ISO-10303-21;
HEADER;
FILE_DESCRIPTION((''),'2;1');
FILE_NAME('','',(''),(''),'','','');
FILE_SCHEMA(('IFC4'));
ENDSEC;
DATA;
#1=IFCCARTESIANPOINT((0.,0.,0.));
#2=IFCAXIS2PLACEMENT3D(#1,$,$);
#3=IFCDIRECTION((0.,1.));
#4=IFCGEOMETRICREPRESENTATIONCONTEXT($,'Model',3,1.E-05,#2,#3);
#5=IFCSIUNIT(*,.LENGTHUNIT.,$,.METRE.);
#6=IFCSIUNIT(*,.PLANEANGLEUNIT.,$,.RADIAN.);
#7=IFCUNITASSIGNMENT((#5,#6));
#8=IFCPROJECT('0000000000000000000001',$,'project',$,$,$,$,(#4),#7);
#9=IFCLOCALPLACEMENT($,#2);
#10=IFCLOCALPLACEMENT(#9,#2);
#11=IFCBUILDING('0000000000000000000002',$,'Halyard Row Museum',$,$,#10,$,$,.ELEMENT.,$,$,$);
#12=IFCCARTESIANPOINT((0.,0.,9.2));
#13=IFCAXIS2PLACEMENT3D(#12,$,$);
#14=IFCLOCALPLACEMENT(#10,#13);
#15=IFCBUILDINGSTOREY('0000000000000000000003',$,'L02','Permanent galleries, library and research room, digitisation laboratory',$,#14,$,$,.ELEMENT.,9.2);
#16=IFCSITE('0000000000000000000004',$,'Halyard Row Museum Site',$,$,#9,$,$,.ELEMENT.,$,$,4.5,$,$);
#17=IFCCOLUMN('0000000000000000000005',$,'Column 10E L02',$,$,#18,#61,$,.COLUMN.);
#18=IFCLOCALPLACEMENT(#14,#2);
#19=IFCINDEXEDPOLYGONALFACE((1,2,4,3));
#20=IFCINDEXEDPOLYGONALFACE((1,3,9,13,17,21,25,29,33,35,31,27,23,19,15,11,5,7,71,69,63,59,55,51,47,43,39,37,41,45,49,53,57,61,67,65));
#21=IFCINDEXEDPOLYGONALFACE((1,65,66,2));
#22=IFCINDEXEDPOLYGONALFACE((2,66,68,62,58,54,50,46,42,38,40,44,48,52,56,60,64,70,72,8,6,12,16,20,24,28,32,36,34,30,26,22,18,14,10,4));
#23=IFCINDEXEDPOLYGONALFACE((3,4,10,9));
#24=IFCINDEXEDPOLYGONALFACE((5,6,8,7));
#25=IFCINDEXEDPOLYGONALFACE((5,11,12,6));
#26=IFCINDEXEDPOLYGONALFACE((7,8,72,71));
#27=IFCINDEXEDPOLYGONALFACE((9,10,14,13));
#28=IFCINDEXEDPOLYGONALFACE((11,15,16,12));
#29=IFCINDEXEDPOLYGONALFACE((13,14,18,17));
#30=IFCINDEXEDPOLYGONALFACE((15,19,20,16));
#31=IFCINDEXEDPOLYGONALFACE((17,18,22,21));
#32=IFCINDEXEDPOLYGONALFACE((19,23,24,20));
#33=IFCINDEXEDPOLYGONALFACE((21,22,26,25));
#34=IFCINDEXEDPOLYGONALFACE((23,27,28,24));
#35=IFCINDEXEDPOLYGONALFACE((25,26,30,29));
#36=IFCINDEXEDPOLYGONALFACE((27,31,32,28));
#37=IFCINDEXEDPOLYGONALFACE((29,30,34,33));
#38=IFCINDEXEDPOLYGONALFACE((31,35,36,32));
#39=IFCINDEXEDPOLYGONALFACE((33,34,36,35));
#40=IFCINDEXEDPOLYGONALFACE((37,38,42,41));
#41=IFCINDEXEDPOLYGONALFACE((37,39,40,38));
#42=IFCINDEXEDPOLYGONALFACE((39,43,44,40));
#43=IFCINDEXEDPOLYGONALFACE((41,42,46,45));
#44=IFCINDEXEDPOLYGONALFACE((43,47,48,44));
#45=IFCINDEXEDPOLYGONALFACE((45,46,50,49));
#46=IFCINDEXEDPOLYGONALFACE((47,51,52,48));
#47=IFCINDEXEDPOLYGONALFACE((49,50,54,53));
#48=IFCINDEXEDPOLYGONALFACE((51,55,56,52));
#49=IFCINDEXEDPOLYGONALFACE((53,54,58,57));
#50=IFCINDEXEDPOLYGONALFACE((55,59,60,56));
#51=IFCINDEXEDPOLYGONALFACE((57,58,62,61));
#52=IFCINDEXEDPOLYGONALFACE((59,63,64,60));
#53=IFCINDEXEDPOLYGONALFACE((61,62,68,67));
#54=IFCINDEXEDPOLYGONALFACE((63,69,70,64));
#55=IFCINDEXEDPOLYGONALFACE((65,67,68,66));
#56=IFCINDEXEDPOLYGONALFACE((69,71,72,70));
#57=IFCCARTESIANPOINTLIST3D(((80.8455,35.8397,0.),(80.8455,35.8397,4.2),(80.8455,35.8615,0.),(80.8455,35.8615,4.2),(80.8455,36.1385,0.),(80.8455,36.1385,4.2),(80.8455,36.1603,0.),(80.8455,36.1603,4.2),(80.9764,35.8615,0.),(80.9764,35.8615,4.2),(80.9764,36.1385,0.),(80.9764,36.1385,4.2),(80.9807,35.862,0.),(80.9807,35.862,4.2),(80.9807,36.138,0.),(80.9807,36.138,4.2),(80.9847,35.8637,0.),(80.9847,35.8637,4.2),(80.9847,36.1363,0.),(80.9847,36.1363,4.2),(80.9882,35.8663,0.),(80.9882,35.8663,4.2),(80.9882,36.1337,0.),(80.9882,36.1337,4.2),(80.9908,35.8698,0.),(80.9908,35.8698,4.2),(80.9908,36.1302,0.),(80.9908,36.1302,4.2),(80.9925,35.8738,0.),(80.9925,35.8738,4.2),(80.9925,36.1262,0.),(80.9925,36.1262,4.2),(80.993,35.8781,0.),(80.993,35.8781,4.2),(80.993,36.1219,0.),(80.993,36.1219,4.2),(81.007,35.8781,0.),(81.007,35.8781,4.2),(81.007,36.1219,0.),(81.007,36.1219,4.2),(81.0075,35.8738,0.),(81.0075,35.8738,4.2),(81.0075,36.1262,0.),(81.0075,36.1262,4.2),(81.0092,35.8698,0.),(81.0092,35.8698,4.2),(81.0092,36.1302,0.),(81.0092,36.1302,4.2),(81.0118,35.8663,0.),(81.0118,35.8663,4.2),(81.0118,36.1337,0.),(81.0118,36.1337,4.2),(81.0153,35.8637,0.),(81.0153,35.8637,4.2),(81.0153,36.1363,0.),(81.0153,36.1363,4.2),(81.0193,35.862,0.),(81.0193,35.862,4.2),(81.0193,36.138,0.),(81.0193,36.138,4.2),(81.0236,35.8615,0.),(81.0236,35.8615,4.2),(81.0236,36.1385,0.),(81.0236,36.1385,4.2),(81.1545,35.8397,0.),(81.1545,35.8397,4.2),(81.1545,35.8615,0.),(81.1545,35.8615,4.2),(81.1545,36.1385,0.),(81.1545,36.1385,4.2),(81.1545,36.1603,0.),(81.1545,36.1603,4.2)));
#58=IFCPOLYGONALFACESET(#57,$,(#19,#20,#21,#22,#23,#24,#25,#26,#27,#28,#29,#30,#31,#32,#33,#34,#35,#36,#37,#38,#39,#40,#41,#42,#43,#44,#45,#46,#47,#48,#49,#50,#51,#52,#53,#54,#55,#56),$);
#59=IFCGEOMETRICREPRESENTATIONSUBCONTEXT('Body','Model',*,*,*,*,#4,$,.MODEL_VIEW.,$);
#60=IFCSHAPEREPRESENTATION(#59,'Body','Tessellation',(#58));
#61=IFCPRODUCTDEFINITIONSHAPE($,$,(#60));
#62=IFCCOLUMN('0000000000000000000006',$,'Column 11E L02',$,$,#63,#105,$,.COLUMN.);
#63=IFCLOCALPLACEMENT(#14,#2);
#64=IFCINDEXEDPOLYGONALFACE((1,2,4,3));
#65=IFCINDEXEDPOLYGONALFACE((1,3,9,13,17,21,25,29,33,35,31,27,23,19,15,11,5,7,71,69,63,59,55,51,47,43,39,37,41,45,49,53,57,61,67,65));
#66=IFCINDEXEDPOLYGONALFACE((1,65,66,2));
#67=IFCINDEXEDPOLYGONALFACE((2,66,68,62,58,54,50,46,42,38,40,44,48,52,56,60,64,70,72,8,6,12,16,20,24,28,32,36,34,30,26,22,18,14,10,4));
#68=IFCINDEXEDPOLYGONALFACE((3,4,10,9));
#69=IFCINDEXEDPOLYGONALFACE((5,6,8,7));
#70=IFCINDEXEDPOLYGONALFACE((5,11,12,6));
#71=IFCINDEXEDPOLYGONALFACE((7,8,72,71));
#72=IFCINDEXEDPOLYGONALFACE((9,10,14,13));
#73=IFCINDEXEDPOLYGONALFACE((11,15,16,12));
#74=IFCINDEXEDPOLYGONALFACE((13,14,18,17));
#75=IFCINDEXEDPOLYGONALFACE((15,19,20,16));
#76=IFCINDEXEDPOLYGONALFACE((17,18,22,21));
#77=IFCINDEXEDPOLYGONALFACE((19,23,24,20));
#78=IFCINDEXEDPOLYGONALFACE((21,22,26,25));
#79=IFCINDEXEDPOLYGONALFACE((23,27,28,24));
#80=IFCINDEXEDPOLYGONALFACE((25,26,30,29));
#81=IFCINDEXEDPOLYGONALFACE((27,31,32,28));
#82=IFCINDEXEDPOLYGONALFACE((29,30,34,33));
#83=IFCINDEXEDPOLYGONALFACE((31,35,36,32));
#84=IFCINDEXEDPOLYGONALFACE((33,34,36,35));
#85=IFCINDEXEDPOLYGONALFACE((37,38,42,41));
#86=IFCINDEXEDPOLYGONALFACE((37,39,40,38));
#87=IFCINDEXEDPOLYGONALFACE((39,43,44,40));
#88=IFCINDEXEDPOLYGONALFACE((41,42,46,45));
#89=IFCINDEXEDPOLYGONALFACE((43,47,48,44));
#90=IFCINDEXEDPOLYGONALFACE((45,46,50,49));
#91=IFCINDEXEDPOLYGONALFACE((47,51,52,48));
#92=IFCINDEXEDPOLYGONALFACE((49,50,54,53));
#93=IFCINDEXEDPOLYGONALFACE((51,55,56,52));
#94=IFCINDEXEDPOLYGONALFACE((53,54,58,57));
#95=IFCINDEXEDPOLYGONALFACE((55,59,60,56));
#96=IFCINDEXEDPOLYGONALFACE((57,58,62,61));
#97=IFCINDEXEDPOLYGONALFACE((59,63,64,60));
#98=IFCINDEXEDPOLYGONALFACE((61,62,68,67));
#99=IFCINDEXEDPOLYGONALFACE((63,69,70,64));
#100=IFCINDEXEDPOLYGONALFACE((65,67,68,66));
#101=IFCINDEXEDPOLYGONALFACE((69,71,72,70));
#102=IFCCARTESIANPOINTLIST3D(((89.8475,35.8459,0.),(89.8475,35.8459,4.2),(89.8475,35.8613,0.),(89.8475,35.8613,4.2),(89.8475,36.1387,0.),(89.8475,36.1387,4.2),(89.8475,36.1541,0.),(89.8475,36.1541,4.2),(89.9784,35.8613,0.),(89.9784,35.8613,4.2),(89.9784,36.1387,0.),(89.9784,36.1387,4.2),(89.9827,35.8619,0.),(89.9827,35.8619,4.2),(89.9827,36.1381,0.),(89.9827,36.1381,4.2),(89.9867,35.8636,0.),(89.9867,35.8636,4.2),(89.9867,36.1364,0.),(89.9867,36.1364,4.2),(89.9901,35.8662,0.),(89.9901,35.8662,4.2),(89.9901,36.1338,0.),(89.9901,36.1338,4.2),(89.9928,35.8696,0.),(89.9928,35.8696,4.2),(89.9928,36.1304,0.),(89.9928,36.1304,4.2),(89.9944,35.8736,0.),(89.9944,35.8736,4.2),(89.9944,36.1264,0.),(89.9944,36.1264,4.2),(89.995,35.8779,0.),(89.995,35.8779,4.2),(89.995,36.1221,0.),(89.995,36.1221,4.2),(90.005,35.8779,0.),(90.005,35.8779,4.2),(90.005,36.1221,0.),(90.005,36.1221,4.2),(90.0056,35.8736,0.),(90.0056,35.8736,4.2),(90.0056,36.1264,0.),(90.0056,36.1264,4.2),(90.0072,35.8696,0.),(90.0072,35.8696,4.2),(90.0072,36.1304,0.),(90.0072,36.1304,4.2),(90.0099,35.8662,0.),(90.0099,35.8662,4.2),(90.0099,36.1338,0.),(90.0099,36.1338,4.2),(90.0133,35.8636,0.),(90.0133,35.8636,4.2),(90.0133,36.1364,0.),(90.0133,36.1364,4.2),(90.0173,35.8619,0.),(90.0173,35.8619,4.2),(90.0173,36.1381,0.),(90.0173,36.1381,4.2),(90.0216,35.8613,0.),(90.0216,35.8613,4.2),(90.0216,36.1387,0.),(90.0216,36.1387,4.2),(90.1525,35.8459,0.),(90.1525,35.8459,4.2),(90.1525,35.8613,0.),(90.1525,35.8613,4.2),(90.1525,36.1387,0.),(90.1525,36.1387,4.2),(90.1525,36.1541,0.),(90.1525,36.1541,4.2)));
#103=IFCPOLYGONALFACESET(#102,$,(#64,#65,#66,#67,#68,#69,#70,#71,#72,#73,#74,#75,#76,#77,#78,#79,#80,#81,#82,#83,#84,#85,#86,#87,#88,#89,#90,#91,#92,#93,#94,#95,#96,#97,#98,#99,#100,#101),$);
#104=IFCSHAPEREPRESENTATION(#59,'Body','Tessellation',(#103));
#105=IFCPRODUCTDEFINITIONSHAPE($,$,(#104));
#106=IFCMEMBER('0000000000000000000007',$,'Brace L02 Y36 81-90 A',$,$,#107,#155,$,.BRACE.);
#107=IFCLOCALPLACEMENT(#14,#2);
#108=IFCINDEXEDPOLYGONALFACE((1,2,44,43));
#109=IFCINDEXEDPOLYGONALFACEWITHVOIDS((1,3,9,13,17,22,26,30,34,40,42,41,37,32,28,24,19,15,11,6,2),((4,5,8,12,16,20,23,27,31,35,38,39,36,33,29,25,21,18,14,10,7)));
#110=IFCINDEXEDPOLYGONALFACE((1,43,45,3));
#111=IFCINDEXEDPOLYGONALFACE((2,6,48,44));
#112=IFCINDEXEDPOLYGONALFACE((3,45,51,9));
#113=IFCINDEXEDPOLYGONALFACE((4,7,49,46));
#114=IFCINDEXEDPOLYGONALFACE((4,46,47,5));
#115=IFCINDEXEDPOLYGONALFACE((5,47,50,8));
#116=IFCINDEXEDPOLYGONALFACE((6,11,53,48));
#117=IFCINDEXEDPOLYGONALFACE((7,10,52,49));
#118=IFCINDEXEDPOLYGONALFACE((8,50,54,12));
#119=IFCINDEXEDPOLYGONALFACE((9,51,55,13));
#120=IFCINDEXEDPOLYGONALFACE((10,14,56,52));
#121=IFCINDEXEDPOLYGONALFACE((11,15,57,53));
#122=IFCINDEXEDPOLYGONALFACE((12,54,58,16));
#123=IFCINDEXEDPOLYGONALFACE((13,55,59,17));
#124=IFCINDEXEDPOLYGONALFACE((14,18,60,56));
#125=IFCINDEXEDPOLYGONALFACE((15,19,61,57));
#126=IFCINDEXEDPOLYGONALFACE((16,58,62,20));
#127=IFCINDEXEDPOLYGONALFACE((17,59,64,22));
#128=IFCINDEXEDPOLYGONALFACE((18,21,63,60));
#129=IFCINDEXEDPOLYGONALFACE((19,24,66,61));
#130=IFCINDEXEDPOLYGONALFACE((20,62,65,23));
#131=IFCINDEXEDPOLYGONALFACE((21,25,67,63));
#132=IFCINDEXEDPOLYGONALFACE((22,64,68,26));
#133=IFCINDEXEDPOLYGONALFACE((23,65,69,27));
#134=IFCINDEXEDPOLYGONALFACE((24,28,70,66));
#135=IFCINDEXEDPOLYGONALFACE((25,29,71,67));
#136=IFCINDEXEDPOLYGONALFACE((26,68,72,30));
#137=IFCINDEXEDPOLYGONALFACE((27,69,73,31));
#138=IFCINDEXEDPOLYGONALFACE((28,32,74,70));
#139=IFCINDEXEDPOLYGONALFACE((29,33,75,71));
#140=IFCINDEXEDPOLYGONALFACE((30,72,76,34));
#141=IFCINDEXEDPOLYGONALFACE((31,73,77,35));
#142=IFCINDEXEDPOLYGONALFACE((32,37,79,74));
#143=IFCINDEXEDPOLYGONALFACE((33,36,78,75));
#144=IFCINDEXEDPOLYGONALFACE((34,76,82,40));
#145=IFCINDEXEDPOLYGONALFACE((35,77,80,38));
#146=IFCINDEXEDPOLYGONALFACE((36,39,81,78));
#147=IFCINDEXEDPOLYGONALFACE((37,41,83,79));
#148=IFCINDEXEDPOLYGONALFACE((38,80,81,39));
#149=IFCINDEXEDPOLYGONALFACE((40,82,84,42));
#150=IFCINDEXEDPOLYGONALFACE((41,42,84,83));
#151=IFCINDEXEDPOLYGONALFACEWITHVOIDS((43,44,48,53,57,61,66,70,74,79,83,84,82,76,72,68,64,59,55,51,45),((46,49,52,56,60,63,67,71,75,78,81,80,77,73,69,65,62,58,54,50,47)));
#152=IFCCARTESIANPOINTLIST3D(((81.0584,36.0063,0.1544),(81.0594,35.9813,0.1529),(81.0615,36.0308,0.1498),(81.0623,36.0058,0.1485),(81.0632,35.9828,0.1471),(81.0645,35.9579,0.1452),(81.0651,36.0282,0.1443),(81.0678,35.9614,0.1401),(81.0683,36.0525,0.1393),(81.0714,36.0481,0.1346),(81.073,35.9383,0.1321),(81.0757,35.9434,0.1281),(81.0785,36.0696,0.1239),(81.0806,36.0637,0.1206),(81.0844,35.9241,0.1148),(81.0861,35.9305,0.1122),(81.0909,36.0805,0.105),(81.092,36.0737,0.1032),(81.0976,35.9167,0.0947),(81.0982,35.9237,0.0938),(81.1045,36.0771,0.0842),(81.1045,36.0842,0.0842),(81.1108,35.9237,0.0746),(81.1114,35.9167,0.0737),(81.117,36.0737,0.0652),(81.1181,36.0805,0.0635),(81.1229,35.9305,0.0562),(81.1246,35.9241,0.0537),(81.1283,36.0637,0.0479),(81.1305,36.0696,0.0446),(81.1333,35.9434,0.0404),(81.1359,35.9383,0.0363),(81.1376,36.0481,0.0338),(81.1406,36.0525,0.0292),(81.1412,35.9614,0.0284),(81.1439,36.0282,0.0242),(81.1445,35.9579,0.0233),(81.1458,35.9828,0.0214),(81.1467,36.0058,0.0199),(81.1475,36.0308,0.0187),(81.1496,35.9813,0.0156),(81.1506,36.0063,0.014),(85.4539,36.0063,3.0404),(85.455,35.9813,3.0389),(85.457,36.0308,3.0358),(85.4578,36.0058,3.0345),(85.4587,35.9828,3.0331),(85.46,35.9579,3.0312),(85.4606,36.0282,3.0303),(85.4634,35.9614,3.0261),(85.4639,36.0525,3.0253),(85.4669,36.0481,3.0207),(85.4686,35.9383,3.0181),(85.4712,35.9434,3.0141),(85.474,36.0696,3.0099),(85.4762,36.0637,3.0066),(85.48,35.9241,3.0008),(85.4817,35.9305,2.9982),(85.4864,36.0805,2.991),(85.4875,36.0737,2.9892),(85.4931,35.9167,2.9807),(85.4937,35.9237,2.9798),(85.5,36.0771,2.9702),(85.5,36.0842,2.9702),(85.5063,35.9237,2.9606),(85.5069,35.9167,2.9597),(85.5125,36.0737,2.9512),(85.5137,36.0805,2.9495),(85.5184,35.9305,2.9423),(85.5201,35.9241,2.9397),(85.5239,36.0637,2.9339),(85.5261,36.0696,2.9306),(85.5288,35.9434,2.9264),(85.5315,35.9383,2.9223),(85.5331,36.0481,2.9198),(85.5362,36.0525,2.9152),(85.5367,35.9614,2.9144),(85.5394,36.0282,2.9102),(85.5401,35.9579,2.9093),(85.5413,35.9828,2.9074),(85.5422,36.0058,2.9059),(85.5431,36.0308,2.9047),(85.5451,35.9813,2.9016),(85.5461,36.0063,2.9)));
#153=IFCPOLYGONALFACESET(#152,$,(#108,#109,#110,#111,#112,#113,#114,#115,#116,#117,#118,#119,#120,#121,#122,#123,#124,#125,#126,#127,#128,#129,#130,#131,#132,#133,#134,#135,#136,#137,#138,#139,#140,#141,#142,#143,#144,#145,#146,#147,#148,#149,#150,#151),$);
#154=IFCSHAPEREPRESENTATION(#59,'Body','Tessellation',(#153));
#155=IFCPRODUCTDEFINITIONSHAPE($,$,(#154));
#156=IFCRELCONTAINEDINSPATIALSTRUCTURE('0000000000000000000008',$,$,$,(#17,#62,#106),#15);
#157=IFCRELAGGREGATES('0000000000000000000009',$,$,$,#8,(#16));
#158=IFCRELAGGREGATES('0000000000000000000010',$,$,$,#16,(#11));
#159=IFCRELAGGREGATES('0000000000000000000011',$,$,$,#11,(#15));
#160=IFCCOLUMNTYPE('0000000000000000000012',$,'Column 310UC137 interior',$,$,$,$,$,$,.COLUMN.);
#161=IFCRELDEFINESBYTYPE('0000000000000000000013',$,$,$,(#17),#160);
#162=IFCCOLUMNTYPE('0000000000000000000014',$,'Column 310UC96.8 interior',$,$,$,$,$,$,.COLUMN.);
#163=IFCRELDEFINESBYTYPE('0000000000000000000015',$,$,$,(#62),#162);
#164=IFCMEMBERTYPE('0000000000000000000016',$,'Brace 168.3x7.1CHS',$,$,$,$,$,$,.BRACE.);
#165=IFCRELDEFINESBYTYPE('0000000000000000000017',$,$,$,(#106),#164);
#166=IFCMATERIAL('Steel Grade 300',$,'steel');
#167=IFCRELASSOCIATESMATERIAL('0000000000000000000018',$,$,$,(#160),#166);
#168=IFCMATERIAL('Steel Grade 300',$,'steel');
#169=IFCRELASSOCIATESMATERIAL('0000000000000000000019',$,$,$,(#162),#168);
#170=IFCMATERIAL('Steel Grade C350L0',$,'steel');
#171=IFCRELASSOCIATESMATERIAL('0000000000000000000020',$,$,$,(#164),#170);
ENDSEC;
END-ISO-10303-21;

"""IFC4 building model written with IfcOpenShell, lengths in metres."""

from ifc_helpers import new_model, si_unit, direction, frame, origin, origin_2d, place, context, subcontext, project, spatial, hollow_circle, i_section, extrude, material, material_profile, profile_set, type_object, element, save


model = new_model("IFC4")

# Units and contexts
model_context = context("Model", 3, precision=1e-05, world=origin(), true_north=direction((0.0, 1.0)))
body_context = subcontext(model_context, "Body", "Model", "MODEL_VIEW")
ifc_project = project(units=[si_unit("LENGTHUNIT", "METRE"), si_unit("PLANEANGLEUNIT", "RADIAN")], contexts=[model_context])

# Site, building, storey
site_placement = place(None, origin())
site = spatial("IfcSite", under=ifc_project, at=site_placement, Name="Halyard Row Museum Site", CompositionType="ELEMENT", RefElevation=4.5)
building_placement = place(site_placement, origin())
building = spatial("IfcBuilding", under=site, at=building_placement, Name="Halyard Row Museum", CompositionType="ELEMENT")
storey_placement = place(building_placement, frame((0.0, 0.0, 9.2)))
storey = spatial("IfcBuildingStorey", under=building, at=storey_placement, Name="L02", Description="Permanent galleries, library and research room, digitisation laboratory", CompositionType="ELEMENT", Elevation=9.2)

# Columns
ifc_material_1 = material(Name="Steel Grade 300", Category="steel")
ifc_material_profile_1 = material_profile(ifc_material_1, i_section(OverallWidth=0.3091, OverallDepth=0.3206, WebThickness=0.0139, FlangeThickness=0.0217, FilletRadius=0.0166, at=origin_2d()), Name="310UC137")
ifc_profile_set_1 = profile_set([ifc_material_profile_1], Name="Steel Grade 300")
column_type_1 = type_object("IfcColumnType", Name="Column 310UC137 interior", PredefinedType="COLUMN", material=ifc_profile_set_1)
column_1_placement = place(storey_placement, frame((81.0, 36.0, 0.0), z_axis=(0.0, 0.0, 1.0), x_axis=(1.0, 0.0, 0.0)))
element("IfcColumn", 1, at=column_1_placement, inside=storey, type_object=column_type_1, Name="Column 10E L02", PredefinedType="COLUMN", context=body_context, shape_type="SweptSolid", body=[
    extrude(i_section(OverallWidth=0.3091, OverallDepth=0.3206, WebThickness=0.0139, FlangeThickness=0.0217, FilletRadius=0.0166, at=origin_2d()), origin(), (0.0, 0.0, 1.0), 4.2),
])
ifc_material_2 = material(Name="Steel Grade 300", Category="steel")
ifc_material_profile_2 = material_profile(ifc_material_2, i_section(OverallWidth=0.3049, OverallDepth=0.3081, WebThickness=0.01, FlangeThickness=0.0154, FilletRadius=0.0166, at=origin_2d()), Name="310UC96.8")
ifc_profile_set_2 = profile_set([ifc_material_profile_2], Name="Steel Grade 300")
column_type_2 = type_object("IfcColumnType", Name="Column 310UC96.8 interior", PredefinedType="COLUMN", material=ifc_profile_set_2)
column_2_placement = place(storey_placement, frame((90.0, 36.0, 0.0), z_axis=(0.0, 0.0, 1.0), x_axis=(1.0, 0.0, 0.0)))
element("IfcColumn", 2, at=column_2_placement, inside=storey, type_object=column_type_2, Name="Column 11E L02", PredefinedType="COLUMN", context=body_context, shape_type="SweptSolid", body=[
    extrude(i_section(OverallWidth=0.3049, OverallDepth=0.3081, WebThickness=0.01, FlangeThickness=0.0154, FilletRadius=0.0166, at=origin_2d()), origin(), (0.0, 0.0, 1.0), 4.2),
])

# Member
ifc_material_3 = material(Name="Steel Grade C350L0", Category="steel")
ifc_material_profile_3 = material_profile(ifc_material_3, hollow_circle(Radius=0.0842, WallThickness=0.0071, at=origin_2d()), Name="168.3x7.1CHS")
ifc_profile_set_3 = profile_set([ifc_material_profile_3], Name="Steel Grade C350L0")
member_type_1 = type_object("IfcMemberType", Name="Brace 168.3x7.1CHS", PredefinedType="BRACE", material=ifc_profile_set_3)
member_1_placement = place(storey_placement, frame((81.1045, 36.0, 0.0842), z_axis=(0.835923, 0.0, 0.548847), x_axis=(0.0, 1.0, 0.0)))
element("IfcMember", 3, at=member_1_placement, inside=storey, type_object=member_type_1, Name="Brace L02 Y36 81-90 A", PredefinedType="BRACE", context=body_context, shape_type="SweptSolid", body=[
    extrude(hollow_circle(Radius=0.0842, WallThickness=0.0071, at=origin_2d()), origin(), (0.0, 0.0, 1.0), 5.2583),
])

save(model, "model.ifc")
